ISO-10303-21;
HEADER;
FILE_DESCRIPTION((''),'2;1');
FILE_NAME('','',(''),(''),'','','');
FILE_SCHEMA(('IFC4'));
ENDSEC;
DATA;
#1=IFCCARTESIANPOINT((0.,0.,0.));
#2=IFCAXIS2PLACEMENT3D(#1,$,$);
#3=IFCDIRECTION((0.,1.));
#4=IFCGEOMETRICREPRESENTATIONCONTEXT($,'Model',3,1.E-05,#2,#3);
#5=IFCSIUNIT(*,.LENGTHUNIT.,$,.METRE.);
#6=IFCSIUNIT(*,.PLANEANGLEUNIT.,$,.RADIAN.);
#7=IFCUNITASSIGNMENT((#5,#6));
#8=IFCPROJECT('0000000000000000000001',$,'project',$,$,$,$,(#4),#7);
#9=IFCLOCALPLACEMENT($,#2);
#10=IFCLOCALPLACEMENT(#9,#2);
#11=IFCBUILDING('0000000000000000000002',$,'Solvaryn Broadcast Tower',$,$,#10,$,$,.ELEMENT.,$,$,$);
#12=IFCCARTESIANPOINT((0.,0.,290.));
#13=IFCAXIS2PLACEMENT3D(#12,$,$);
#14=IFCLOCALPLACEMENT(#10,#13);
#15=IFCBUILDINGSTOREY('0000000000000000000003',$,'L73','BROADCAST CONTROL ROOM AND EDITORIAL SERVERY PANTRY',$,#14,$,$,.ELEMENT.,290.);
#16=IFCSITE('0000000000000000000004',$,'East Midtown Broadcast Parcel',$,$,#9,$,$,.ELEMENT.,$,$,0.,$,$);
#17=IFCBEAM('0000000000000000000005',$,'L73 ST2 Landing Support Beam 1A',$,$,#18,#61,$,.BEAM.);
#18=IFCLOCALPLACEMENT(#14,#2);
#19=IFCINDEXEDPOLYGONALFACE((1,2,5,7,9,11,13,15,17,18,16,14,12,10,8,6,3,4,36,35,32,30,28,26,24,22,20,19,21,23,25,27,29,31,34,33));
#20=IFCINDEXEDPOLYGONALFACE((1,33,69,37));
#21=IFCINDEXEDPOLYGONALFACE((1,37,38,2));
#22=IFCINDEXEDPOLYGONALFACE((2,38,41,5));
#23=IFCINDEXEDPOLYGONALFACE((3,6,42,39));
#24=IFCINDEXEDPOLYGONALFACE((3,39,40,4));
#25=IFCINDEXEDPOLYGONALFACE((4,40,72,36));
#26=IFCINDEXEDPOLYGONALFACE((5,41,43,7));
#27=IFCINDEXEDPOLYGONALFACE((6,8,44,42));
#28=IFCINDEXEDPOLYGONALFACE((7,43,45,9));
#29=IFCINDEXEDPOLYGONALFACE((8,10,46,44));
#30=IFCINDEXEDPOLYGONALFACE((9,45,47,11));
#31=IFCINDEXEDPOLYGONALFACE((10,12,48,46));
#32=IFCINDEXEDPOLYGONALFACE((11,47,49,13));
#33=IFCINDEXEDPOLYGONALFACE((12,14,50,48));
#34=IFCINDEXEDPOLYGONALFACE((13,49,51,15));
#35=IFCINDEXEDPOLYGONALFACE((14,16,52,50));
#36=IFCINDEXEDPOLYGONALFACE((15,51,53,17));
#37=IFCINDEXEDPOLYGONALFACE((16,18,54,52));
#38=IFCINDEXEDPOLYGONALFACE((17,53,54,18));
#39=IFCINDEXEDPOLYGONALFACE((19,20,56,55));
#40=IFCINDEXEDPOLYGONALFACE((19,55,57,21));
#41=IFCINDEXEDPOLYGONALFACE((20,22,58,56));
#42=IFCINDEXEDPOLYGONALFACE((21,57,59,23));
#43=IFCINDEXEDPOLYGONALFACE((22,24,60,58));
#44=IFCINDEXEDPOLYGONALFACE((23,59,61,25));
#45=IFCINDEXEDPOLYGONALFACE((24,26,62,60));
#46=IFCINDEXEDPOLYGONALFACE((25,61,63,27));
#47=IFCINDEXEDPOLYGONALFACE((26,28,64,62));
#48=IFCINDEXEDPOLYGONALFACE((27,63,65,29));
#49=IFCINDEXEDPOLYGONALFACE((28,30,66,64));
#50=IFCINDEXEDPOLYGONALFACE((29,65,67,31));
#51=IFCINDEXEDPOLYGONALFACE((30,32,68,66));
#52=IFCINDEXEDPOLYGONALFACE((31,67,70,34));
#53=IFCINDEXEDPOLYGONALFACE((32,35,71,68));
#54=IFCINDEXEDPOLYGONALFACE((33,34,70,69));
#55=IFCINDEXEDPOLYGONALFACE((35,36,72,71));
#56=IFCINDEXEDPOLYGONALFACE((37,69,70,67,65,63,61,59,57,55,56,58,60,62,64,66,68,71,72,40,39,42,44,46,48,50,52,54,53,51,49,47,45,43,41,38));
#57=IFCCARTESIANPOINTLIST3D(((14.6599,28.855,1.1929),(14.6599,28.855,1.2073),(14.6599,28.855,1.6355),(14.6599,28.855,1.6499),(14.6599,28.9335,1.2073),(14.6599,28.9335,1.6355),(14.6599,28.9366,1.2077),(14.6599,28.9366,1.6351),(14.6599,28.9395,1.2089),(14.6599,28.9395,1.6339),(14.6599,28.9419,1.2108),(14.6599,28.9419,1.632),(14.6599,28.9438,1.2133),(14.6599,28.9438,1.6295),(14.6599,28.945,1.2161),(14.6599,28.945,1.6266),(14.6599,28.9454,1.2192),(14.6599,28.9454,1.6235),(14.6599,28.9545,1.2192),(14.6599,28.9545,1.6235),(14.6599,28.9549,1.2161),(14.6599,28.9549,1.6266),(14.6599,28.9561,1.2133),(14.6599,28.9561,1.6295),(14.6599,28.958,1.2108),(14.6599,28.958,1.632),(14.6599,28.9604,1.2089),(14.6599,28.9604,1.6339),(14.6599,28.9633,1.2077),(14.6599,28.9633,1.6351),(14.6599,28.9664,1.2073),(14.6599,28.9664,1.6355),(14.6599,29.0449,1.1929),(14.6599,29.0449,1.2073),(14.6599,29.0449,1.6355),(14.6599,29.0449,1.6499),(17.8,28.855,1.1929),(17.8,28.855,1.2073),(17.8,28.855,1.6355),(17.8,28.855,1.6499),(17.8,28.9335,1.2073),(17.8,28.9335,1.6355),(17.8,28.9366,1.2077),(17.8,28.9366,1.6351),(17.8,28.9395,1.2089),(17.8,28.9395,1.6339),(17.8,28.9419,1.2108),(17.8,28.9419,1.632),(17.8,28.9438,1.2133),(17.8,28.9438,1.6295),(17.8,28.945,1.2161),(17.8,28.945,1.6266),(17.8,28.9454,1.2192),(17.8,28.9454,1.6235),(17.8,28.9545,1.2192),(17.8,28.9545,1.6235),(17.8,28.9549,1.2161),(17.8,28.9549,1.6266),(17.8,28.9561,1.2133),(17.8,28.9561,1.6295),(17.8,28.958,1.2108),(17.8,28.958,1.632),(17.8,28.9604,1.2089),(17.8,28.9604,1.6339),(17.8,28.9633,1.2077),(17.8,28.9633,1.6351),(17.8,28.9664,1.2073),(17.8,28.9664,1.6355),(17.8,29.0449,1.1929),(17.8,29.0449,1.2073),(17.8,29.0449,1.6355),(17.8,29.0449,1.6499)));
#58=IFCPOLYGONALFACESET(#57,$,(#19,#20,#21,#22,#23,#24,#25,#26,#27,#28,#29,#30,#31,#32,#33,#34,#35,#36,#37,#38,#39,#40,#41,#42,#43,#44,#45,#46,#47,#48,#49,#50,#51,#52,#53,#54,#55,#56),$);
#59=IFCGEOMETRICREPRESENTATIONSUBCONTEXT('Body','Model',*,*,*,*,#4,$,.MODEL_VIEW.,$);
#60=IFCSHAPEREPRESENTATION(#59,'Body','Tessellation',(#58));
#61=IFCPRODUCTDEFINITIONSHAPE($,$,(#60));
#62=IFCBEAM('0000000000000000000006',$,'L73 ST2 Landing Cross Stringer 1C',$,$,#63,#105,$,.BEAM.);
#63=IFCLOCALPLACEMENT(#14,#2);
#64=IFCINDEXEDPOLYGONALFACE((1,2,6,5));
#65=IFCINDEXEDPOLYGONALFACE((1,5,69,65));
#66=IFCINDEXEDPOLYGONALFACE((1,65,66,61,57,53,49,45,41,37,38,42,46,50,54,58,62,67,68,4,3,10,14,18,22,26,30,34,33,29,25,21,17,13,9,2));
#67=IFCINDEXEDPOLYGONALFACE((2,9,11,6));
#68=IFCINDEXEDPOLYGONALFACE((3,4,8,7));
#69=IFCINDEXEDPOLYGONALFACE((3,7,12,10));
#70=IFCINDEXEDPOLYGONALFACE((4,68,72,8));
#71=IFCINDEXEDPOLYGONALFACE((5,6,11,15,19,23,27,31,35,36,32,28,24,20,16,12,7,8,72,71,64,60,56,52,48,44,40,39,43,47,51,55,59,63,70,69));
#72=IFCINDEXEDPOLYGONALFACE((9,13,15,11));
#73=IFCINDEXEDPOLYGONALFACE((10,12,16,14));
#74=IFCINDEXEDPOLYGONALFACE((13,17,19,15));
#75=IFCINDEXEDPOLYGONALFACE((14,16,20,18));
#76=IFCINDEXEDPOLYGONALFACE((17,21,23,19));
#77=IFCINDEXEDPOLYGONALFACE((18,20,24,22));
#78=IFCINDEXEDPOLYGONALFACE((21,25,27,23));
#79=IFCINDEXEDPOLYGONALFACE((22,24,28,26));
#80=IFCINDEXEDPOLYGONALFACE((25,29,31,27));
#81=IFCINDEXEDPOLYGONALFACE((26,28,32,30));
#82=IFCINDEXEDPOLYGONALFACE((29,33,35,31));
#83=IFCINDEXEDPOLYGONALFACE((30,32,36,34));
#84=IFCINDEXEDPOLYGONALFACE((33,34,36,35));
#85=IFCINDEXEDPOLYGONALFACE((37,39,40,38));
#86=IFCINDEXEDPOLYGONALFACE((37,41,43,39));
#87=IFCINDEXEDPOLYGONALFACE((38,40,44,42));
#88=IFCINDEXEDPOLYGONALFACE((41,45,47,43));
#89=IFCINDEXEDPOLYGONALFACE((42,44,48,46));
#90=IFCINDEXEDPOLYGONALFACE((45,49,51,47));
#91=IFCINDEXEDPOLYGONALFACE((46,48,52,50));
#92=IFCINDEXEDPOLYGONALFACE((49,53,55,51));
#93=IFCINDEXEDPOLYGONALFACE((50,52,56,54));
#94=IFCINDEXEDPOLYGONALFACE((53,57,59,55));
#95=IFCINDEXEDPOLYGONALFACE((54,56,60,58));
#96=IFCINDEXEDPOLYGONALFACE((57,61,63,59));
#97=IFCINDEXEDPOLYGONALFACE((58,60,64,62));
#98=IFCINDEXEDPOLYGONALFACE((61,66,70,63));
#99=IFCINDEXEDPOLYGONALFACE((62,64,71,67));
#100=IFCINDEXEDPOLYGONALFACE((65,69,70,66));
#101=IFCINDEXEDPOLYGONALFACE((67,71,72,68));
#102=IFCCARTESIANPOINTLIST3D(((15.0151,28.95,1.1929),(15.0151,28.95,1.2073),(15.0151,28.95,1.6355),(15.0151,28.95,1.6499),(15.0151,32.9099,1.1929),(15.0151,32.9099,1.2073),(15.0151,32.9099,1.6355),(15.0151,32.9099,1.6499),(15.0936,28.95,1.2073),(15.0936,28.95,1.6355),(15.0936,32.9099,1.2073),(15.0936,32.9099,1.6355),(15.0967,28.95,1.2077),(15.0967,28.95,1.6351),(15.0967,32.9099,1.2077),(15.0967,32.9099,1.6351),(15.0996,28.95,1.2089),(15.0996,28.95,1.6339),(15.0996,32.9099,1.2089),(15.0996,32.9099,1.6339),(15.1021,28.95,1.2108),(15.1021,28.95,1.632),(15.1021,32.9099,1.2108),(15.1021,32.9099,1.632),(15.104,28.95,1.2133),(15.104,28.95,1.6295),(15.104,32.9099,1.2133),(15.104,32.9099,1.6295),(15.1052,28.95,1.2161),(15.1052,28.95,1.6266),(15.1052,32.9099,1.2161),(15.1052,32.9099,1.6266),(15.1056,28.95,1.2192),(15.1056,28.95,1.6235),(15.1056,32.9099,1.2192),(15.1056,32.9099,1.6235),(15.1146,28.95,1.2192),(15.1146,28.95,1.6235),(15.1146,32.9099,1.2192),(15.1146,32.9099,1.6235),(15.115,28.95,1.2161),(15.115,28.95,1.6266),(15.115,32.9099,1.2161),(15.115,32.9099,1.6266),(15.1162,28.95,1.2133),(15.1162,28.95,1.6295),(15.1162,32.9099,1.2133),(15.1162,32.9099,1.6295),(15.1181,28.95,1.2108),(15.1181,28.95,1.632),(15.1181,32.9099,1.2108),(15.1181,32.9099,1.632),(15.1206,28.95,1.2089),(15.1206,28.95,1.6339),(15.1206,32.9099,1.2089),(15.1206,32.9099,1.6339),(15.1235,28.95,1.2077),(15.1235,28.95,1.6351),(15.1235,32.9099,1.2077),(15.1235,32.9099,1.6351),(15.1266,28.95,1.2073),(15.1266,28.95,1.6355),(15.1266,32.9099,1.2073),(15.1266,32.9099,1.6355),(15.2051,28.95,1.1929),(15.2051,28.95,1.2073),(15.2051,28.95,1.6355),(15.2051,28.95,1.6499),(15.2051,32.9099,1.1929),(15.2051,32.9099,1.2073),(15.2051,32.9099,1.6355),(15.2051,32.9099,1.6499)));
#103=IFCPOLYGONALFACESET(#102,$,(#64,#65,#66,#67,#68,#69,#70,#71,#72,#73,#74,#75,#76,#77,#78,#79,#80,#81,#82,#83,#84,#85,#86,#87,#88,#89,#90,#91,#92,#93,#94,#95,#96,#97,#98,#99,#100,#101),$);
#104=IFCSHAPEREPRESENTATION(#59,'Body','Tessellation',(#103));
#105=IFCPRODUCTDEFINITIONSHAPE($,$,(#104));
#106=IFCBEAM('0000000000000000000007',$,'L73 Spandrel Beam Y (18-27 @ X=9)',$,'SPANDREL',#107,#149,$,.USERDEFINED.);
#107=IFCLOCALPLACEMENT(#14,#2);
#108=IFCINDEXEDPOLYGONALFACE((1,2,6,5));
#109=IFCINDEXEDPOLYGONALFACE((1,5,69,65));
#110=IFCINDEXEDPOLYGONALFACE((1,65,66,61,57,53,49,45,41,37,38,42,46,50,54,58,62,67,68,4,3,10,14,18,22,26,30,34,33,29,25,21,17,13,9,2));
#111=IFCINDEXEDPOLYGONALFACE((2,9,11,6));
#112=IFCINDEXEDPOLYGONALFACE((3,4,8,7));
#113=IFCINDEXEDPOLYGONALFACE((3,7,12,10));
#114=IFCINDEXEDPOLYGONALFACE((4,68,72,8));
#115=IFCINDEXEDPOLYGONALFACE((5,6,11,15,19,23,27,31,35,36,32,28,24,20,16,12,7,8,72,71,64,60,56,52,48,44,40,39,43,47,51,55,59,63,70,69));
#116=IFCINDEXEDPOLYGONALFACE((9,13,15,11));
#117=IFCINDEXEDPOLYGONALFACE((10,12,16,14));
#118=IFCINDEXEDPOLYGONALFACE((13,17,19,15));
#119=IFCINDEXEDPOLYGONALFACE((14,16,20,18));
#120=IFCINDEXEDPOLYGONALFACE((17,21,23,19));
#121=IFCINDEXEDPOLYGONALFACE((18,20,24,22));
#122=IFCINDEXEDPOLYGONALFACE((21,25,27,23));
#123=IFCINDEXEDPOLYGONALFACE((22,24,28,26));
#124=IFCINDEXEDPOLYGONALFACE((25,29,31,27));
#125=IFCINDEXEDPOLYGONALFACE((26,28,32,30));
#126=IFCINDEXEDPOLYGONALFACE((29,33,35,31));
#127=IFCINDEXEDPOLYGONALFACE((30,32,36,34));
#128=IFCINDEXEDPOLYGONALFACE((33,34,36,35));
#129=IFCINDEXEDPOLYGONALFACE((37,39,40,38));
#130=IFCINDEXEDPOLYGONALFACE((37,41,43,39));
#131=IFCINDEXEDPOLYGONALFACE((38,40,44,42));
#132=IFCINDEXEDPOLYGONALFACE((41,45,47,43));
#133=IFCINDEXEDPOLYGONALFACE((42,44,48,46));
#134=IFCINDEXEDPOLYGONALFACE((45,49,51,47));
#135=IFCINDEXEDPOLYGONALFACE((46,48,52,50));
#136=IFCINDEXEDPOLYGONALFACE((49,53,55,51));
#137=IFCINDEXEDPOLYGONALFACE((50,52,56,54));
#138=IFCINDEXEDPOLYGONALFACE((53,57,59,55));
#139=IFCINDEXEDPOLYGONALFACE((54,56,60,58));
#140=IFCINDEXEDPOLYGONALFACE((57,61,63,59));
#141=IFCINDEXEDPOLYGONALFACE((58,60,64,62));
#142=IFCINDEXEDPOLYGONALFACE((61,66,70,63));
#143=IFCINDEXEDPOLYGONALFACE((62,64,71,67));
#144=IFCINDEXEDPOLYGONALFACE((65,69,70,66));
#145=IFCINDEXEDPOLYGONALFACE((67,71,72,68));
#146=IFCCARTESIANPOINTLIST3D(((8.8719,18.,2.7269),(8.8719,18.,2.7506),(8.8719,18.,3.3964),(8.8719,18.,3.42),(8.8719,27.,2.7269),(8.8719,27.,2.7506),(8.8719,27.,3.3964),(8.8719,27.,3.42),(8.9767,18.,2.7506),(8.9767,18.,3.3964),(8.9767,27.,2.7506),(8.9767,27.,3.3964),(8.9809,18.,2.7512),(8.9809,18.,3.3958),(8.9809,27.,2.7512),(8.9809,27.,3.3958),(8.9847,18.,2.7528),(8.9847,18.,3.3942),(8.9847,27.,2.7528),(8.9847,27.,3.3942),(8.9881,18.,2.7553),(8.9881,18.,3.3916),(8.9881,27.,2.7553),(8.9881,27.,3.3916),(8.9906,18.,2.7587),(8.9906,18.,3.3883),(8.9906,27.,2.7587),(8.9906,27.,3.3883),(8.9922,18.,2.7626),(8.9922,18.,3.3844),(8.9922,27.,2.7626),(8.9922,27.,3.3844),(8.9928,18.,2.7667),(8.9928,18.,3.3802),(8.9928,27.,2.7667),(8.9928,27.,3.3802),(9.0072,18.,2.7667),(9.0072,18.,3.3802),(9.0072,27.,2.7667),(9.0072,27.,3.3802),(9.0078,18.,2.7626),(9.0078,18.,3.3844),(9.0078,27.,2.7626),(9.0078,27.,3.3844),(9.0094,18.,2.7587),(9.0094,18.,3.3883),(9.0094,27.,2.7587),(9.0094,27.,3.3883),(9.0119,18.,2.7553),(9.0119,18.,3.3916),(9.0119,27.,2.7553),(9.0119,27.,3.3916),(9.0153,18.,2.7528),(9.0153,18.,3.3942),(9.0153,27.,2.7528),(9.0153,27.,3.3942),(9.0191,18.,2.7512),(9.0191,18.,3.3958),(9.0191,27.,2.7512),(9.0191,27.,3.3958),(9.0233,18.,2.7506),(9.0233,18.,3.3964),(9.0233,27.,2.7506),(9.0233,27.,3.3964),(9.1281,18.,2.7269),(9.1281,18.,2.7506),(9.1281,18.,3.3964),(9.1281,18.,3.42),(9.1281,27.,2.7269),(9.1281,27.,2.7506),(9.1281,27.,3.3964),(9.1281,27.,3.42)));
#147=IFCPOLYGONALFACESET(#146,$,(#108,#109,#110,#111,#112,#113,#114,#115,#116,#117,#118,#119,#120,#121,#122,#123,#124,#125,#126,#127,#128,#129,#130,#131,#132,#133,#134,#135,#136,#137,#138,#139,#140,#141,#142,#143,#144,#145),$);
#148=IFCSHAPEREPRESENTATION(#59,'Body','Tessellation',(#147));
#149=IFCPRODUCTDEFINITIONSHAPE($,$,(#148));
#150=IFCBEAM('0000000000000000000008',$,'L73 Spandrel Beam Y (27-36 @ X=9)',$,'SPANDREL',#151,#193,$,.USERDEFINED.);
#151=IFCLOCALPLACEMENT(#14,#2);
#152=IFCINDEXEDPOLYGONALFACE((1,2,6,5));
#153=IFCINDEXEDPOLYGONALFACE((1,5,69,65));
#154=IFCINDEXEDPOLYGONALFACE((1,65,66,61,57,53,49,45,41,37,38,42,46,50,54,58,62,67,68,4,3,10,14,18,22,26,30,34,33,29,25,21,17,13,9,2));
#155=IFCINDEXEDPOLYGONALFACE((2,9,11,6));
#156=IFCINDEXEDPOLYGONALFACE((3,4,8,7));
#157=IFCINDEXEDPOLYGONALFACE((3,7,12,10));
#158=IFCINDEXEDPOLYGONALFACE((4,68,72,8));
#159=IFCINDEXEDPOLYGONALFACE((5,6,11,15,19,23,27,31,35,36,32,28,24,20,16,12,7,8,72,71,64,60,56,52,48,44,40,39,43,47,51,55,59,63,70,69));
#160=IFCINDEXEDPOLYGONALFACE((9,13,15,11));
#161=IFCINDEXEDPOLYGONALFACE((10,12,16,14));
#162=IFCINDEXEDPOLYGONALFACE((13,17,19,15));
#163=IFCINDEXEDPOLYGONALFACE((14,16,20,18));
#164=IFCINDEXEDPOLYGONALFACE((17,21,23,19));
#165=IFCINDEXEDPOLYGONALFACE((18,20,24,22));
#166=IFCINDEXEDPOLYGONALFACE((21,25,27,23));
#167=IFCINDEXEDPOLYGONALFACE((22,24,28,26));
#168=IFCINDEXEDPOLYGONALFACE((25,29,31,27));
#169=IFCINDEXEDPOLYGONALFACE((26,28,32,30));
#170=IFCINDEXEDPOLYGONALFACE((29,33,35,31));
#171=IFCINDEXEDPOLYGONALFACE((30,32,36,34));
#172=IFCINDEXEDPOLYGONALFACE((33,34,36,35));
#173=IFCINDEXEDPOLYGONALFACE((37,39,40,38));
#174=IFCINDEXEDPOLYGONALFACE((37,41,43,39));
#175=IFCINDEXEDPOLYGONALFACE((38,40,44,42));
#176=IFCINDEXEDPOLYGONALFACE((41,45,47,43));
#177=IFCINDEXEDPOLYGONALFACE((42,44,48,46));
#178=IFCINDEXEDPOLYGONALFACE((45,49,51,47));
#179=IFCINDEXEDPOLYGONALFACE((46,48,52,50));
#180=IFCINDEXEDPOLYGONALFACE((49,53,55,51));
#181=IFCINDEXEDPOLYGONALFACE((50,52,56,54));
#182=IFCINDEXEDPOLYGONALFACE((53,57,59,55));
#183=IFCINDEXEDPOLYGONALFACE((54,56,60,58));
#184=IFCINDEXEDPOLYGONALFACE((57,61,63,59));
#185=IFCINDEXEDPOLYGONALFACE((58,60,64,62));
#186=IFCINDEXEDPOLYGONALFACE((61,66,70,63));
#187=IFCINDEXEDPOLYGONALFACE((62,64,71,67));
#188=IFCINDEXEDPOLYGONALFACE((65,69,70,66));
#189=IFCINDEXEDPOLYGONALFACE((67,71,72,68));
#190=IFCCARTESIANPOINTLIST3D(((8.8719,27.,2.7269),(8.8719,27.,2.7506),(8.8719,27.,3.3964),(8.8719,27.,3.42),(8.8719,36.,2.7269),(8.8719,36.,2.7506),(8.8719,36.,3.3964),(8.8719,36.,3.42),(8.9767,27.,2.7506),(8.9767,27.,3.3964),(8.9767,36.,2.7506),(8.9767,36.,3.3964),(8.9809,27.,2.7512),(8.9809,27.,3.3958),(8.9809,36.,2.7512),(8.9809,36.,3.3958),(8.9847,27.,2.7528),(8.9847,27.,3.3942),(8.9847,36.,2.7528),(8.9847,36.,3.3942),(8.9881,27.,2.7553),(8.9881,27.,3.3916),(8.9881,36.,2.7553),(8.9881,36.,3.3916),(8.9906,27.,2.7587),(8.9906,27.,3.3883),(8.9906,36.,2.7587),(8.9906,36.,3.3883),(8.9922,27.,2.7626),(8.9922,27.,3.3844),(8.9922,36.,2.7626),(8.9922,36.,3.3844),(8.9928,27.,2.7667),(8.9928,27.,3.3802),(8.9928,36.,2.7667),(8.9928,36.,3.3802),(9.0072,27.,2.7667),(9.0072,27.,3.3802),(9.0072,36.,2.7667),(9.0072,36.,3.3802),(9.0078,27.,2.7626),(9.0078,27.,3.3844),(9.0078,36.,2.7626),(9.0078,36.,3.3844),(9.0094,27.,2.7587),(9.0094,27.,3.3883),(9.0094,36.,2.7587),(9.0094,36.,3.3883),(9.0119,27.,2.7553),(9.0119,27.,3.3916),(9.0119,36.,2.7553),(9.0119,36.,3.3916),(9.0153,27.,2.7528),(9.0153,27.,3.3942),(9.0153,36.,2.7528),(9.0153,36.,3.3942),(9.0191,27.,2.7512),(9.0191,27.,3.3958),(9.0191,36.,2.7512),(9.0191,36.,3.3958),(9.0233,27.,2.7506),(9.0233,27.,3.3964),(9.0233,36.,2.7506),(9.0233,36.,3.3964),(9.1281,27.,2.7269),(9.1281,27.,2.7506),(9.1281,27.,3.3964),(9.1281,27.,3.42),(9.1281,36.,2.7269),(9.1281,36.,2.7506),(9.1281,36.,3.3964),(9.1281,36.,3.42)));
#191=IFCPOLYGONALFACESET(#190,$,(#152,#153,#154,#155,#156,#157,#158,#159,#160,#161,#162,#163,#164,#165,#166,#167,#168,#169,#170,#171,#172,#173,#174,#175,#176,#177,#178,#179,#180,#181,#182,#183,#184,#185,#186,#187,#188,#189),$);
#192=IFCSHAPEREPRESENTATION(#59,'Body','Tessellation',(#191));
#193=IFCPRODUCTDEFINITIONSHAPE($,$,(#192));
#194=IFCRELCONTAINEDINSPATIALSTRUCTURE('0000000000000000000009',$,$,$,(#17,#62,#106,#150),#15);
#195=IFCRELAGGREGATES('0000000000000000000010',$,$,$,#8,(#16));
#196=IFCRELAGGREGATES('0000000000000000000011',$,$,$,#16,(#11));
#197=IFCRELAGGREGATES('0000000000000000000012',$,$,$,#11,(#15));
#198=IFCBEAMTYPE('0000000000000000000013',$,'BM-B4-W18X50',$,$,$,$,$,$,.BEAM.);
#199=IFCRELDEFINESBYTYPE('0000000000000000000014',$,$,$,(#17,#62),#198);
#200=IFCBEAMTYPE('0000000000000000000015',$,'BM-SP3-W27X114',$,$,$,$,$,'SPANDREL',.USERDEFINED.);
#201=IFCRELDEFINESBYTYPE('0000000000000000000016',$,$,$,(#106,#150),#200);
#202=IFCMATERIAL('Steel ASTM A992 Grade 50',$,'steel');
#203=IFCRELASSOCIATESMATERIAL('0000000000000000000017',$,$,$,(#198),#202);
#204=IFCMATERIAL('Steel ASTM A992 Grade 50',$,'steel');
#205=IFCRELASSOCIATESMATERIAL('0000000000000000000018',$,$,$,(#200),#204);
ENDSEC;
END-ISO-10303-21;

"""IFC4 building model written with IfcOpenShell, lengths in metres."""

from ifc_helpers import new_model, si_unit, direction, frame, origin, origin_2d, place, context, subcontext, project, spatial, i_section, extrude, material, material_profile, profile_set, type_object, element, save


model = new_model("IFC4")

# Units and contexts
model_context = context("Model", 3, precision=1e-05, world=origin(), true_north=direction((0.0, 1.0)))
body_context = subcontext(model_context, "Body", "Model", "MODEL_VIEW")
ifc_project = project(units=[si_unit("LENGTHUNIT", "METRE"), si_unit("PLANEANGLEUNIT", "RADIAN")], contexts=[model_context])

# Site, building, storey
site_placement = place(None, origin())
site = spatial("IfcSite", under=ifc_project, at=site_placement, Name="East Midtown Broadcast Parcel", CompositionType="ELEMENT", RefElevation=0.0)
building_placement = place(site_placement, origin())
building = spatial("IfcBuilding", under=site, at=building_placement, Name="Solvaryn Broadcast Tower", CompositionType="ELEMENT")
storey_placement = place(building_placement, frame((0.0, 0.0, 290.0)))
storey = spatial("IfcBuildingStorey", under=building, at=storey_placement, Name="L73", Description="BROADCAST CONTROL ROOM AND EDITORIAL SERVERY PANTRY", CompositionType="ELEMENT", Elevation=290.0)

# Beams
ifc_material_1 = material(Name="Steel ASTM A992 Grade 50", Category="steel")
ifc_material_profile_1 = material_profile(ifc_material_1, i_section(OverallWidth=0.1899, OverallDepth=0.457, WebThickness=0.009, FlangeThickness=0.0144, FilletRadius=0.012, at=origin_2d()))
ifc_profile_set_1 = profile_set([ifc_material_profile_1], Name="Steel ASTM A992 Grade 50")
beam_type_1 = type_object("IfcBeamType", Name="BM-B4-W18X50", PredefinedType="BEAM", material=ifc_profile_set_1)
beam_1_placement = place(storey_placement, frame((14.6599, 28.95, 1.4214), z_axis=(1.0, 0.0, 0.0), x_axis=(0.0, 1.0, 0.0)))
element("IfcBeam", 1, at=beam_1_placement, inside=storey, type_object=beam_type_1, Name="L73 ST2 Landing Support Beam 1A", PredefinedType="BEAM", context=body_context, shape_type="SweptSolid", body=[
    extrude(i_section(OverallWidth=0.1899, OverallDepth=0.457, WebThickness=0.009, FlangeThickness=0.0144, FilletRadius=0.012, at=origin_2d()), origin(), (0.0, 0.0, 1.0), 3.1401),
])
beam_2_placement = place(storey_placement, frame((15.1101, 28.95, 1.4214), z_axis=(0.0, 1.0, 0.0), x_axis=(-1.0, 0.0, 0.0)))
element("IfcBeam", 2, at=beam_2_placement, inside=storey, type_object=beam_type_1, Name="L73 ST2 Landing Cross Stringer 1C", PredefinedType="BEAM", context=body_context, shape_type="SweptSolid", body=[
    extrude(i_section(OverallWidth=0.1899, OverallDepth=0.457, WebThickness=0.009, FlangeThickness=0.0144, FilletRadius=0.012, at=origin_2d()), origin(), (0.0, 0.0, 1.0), 3.96),
])
ifc_material_2 = material(Name="Steel ASTM A992 Grade 50", Category="steel")
ifc_material_profile_2 = material_profile(ifc_material_2, i_section(OverallWidth=0.2561, OverallDepth=0.6931, WebThickness=0.0144, FlangeThickness=0.0237, FilletRadius=0.0161, at=origin_2d()))
ifc_profile_set_2 = profile_set([ifc_material_profile_2], Name="Steel ASTM A992 Grade 50")
beam_type_2 = type_object("IfcBeamType", Name="BM-SP3-W27X114", ElementType="SPANDREL", PredefinedType="USERDEFINED", material=ifc_profile_set_2)
for number, where, z_axis, x_axis, name in (
    (3, (9.0, 18.0, 3.0735), (0.0, 1.0, 0.0), (-1.0, 0.0, 0.0), "L73 Spandrel Beam Y (18-27 @ X=9)"),
    (4, (9.0, 27.0, 3.0735), (0.0, 1.0, 0.0), (-1.0, 0.0, 0.0), "L73 Spandrel Beam Y (27-36 @ X=9)"),
):
    element("IfcBeam", number, at=place(storey_placement, frame(where, z_axis=z_axis, x_axis=x_axis)), inside=storey, type_object=beam_type_2, Name=name, ObjectType="SPANDREL", PredefinedType="USERDEFINED", context=body_context, shape_type="SweptSolid", body=[
        extrude(i_section(OverallWidth=0.2561, OverallDepth=0.6931, WebThickness=0.0144, FlangeThickness=0.0237, FilletRadius=0.0161, at=origin_2d()), origin(), (0.0, 0.0, 1.0), 9.0),
    ])

save(model, "model.ifc")
